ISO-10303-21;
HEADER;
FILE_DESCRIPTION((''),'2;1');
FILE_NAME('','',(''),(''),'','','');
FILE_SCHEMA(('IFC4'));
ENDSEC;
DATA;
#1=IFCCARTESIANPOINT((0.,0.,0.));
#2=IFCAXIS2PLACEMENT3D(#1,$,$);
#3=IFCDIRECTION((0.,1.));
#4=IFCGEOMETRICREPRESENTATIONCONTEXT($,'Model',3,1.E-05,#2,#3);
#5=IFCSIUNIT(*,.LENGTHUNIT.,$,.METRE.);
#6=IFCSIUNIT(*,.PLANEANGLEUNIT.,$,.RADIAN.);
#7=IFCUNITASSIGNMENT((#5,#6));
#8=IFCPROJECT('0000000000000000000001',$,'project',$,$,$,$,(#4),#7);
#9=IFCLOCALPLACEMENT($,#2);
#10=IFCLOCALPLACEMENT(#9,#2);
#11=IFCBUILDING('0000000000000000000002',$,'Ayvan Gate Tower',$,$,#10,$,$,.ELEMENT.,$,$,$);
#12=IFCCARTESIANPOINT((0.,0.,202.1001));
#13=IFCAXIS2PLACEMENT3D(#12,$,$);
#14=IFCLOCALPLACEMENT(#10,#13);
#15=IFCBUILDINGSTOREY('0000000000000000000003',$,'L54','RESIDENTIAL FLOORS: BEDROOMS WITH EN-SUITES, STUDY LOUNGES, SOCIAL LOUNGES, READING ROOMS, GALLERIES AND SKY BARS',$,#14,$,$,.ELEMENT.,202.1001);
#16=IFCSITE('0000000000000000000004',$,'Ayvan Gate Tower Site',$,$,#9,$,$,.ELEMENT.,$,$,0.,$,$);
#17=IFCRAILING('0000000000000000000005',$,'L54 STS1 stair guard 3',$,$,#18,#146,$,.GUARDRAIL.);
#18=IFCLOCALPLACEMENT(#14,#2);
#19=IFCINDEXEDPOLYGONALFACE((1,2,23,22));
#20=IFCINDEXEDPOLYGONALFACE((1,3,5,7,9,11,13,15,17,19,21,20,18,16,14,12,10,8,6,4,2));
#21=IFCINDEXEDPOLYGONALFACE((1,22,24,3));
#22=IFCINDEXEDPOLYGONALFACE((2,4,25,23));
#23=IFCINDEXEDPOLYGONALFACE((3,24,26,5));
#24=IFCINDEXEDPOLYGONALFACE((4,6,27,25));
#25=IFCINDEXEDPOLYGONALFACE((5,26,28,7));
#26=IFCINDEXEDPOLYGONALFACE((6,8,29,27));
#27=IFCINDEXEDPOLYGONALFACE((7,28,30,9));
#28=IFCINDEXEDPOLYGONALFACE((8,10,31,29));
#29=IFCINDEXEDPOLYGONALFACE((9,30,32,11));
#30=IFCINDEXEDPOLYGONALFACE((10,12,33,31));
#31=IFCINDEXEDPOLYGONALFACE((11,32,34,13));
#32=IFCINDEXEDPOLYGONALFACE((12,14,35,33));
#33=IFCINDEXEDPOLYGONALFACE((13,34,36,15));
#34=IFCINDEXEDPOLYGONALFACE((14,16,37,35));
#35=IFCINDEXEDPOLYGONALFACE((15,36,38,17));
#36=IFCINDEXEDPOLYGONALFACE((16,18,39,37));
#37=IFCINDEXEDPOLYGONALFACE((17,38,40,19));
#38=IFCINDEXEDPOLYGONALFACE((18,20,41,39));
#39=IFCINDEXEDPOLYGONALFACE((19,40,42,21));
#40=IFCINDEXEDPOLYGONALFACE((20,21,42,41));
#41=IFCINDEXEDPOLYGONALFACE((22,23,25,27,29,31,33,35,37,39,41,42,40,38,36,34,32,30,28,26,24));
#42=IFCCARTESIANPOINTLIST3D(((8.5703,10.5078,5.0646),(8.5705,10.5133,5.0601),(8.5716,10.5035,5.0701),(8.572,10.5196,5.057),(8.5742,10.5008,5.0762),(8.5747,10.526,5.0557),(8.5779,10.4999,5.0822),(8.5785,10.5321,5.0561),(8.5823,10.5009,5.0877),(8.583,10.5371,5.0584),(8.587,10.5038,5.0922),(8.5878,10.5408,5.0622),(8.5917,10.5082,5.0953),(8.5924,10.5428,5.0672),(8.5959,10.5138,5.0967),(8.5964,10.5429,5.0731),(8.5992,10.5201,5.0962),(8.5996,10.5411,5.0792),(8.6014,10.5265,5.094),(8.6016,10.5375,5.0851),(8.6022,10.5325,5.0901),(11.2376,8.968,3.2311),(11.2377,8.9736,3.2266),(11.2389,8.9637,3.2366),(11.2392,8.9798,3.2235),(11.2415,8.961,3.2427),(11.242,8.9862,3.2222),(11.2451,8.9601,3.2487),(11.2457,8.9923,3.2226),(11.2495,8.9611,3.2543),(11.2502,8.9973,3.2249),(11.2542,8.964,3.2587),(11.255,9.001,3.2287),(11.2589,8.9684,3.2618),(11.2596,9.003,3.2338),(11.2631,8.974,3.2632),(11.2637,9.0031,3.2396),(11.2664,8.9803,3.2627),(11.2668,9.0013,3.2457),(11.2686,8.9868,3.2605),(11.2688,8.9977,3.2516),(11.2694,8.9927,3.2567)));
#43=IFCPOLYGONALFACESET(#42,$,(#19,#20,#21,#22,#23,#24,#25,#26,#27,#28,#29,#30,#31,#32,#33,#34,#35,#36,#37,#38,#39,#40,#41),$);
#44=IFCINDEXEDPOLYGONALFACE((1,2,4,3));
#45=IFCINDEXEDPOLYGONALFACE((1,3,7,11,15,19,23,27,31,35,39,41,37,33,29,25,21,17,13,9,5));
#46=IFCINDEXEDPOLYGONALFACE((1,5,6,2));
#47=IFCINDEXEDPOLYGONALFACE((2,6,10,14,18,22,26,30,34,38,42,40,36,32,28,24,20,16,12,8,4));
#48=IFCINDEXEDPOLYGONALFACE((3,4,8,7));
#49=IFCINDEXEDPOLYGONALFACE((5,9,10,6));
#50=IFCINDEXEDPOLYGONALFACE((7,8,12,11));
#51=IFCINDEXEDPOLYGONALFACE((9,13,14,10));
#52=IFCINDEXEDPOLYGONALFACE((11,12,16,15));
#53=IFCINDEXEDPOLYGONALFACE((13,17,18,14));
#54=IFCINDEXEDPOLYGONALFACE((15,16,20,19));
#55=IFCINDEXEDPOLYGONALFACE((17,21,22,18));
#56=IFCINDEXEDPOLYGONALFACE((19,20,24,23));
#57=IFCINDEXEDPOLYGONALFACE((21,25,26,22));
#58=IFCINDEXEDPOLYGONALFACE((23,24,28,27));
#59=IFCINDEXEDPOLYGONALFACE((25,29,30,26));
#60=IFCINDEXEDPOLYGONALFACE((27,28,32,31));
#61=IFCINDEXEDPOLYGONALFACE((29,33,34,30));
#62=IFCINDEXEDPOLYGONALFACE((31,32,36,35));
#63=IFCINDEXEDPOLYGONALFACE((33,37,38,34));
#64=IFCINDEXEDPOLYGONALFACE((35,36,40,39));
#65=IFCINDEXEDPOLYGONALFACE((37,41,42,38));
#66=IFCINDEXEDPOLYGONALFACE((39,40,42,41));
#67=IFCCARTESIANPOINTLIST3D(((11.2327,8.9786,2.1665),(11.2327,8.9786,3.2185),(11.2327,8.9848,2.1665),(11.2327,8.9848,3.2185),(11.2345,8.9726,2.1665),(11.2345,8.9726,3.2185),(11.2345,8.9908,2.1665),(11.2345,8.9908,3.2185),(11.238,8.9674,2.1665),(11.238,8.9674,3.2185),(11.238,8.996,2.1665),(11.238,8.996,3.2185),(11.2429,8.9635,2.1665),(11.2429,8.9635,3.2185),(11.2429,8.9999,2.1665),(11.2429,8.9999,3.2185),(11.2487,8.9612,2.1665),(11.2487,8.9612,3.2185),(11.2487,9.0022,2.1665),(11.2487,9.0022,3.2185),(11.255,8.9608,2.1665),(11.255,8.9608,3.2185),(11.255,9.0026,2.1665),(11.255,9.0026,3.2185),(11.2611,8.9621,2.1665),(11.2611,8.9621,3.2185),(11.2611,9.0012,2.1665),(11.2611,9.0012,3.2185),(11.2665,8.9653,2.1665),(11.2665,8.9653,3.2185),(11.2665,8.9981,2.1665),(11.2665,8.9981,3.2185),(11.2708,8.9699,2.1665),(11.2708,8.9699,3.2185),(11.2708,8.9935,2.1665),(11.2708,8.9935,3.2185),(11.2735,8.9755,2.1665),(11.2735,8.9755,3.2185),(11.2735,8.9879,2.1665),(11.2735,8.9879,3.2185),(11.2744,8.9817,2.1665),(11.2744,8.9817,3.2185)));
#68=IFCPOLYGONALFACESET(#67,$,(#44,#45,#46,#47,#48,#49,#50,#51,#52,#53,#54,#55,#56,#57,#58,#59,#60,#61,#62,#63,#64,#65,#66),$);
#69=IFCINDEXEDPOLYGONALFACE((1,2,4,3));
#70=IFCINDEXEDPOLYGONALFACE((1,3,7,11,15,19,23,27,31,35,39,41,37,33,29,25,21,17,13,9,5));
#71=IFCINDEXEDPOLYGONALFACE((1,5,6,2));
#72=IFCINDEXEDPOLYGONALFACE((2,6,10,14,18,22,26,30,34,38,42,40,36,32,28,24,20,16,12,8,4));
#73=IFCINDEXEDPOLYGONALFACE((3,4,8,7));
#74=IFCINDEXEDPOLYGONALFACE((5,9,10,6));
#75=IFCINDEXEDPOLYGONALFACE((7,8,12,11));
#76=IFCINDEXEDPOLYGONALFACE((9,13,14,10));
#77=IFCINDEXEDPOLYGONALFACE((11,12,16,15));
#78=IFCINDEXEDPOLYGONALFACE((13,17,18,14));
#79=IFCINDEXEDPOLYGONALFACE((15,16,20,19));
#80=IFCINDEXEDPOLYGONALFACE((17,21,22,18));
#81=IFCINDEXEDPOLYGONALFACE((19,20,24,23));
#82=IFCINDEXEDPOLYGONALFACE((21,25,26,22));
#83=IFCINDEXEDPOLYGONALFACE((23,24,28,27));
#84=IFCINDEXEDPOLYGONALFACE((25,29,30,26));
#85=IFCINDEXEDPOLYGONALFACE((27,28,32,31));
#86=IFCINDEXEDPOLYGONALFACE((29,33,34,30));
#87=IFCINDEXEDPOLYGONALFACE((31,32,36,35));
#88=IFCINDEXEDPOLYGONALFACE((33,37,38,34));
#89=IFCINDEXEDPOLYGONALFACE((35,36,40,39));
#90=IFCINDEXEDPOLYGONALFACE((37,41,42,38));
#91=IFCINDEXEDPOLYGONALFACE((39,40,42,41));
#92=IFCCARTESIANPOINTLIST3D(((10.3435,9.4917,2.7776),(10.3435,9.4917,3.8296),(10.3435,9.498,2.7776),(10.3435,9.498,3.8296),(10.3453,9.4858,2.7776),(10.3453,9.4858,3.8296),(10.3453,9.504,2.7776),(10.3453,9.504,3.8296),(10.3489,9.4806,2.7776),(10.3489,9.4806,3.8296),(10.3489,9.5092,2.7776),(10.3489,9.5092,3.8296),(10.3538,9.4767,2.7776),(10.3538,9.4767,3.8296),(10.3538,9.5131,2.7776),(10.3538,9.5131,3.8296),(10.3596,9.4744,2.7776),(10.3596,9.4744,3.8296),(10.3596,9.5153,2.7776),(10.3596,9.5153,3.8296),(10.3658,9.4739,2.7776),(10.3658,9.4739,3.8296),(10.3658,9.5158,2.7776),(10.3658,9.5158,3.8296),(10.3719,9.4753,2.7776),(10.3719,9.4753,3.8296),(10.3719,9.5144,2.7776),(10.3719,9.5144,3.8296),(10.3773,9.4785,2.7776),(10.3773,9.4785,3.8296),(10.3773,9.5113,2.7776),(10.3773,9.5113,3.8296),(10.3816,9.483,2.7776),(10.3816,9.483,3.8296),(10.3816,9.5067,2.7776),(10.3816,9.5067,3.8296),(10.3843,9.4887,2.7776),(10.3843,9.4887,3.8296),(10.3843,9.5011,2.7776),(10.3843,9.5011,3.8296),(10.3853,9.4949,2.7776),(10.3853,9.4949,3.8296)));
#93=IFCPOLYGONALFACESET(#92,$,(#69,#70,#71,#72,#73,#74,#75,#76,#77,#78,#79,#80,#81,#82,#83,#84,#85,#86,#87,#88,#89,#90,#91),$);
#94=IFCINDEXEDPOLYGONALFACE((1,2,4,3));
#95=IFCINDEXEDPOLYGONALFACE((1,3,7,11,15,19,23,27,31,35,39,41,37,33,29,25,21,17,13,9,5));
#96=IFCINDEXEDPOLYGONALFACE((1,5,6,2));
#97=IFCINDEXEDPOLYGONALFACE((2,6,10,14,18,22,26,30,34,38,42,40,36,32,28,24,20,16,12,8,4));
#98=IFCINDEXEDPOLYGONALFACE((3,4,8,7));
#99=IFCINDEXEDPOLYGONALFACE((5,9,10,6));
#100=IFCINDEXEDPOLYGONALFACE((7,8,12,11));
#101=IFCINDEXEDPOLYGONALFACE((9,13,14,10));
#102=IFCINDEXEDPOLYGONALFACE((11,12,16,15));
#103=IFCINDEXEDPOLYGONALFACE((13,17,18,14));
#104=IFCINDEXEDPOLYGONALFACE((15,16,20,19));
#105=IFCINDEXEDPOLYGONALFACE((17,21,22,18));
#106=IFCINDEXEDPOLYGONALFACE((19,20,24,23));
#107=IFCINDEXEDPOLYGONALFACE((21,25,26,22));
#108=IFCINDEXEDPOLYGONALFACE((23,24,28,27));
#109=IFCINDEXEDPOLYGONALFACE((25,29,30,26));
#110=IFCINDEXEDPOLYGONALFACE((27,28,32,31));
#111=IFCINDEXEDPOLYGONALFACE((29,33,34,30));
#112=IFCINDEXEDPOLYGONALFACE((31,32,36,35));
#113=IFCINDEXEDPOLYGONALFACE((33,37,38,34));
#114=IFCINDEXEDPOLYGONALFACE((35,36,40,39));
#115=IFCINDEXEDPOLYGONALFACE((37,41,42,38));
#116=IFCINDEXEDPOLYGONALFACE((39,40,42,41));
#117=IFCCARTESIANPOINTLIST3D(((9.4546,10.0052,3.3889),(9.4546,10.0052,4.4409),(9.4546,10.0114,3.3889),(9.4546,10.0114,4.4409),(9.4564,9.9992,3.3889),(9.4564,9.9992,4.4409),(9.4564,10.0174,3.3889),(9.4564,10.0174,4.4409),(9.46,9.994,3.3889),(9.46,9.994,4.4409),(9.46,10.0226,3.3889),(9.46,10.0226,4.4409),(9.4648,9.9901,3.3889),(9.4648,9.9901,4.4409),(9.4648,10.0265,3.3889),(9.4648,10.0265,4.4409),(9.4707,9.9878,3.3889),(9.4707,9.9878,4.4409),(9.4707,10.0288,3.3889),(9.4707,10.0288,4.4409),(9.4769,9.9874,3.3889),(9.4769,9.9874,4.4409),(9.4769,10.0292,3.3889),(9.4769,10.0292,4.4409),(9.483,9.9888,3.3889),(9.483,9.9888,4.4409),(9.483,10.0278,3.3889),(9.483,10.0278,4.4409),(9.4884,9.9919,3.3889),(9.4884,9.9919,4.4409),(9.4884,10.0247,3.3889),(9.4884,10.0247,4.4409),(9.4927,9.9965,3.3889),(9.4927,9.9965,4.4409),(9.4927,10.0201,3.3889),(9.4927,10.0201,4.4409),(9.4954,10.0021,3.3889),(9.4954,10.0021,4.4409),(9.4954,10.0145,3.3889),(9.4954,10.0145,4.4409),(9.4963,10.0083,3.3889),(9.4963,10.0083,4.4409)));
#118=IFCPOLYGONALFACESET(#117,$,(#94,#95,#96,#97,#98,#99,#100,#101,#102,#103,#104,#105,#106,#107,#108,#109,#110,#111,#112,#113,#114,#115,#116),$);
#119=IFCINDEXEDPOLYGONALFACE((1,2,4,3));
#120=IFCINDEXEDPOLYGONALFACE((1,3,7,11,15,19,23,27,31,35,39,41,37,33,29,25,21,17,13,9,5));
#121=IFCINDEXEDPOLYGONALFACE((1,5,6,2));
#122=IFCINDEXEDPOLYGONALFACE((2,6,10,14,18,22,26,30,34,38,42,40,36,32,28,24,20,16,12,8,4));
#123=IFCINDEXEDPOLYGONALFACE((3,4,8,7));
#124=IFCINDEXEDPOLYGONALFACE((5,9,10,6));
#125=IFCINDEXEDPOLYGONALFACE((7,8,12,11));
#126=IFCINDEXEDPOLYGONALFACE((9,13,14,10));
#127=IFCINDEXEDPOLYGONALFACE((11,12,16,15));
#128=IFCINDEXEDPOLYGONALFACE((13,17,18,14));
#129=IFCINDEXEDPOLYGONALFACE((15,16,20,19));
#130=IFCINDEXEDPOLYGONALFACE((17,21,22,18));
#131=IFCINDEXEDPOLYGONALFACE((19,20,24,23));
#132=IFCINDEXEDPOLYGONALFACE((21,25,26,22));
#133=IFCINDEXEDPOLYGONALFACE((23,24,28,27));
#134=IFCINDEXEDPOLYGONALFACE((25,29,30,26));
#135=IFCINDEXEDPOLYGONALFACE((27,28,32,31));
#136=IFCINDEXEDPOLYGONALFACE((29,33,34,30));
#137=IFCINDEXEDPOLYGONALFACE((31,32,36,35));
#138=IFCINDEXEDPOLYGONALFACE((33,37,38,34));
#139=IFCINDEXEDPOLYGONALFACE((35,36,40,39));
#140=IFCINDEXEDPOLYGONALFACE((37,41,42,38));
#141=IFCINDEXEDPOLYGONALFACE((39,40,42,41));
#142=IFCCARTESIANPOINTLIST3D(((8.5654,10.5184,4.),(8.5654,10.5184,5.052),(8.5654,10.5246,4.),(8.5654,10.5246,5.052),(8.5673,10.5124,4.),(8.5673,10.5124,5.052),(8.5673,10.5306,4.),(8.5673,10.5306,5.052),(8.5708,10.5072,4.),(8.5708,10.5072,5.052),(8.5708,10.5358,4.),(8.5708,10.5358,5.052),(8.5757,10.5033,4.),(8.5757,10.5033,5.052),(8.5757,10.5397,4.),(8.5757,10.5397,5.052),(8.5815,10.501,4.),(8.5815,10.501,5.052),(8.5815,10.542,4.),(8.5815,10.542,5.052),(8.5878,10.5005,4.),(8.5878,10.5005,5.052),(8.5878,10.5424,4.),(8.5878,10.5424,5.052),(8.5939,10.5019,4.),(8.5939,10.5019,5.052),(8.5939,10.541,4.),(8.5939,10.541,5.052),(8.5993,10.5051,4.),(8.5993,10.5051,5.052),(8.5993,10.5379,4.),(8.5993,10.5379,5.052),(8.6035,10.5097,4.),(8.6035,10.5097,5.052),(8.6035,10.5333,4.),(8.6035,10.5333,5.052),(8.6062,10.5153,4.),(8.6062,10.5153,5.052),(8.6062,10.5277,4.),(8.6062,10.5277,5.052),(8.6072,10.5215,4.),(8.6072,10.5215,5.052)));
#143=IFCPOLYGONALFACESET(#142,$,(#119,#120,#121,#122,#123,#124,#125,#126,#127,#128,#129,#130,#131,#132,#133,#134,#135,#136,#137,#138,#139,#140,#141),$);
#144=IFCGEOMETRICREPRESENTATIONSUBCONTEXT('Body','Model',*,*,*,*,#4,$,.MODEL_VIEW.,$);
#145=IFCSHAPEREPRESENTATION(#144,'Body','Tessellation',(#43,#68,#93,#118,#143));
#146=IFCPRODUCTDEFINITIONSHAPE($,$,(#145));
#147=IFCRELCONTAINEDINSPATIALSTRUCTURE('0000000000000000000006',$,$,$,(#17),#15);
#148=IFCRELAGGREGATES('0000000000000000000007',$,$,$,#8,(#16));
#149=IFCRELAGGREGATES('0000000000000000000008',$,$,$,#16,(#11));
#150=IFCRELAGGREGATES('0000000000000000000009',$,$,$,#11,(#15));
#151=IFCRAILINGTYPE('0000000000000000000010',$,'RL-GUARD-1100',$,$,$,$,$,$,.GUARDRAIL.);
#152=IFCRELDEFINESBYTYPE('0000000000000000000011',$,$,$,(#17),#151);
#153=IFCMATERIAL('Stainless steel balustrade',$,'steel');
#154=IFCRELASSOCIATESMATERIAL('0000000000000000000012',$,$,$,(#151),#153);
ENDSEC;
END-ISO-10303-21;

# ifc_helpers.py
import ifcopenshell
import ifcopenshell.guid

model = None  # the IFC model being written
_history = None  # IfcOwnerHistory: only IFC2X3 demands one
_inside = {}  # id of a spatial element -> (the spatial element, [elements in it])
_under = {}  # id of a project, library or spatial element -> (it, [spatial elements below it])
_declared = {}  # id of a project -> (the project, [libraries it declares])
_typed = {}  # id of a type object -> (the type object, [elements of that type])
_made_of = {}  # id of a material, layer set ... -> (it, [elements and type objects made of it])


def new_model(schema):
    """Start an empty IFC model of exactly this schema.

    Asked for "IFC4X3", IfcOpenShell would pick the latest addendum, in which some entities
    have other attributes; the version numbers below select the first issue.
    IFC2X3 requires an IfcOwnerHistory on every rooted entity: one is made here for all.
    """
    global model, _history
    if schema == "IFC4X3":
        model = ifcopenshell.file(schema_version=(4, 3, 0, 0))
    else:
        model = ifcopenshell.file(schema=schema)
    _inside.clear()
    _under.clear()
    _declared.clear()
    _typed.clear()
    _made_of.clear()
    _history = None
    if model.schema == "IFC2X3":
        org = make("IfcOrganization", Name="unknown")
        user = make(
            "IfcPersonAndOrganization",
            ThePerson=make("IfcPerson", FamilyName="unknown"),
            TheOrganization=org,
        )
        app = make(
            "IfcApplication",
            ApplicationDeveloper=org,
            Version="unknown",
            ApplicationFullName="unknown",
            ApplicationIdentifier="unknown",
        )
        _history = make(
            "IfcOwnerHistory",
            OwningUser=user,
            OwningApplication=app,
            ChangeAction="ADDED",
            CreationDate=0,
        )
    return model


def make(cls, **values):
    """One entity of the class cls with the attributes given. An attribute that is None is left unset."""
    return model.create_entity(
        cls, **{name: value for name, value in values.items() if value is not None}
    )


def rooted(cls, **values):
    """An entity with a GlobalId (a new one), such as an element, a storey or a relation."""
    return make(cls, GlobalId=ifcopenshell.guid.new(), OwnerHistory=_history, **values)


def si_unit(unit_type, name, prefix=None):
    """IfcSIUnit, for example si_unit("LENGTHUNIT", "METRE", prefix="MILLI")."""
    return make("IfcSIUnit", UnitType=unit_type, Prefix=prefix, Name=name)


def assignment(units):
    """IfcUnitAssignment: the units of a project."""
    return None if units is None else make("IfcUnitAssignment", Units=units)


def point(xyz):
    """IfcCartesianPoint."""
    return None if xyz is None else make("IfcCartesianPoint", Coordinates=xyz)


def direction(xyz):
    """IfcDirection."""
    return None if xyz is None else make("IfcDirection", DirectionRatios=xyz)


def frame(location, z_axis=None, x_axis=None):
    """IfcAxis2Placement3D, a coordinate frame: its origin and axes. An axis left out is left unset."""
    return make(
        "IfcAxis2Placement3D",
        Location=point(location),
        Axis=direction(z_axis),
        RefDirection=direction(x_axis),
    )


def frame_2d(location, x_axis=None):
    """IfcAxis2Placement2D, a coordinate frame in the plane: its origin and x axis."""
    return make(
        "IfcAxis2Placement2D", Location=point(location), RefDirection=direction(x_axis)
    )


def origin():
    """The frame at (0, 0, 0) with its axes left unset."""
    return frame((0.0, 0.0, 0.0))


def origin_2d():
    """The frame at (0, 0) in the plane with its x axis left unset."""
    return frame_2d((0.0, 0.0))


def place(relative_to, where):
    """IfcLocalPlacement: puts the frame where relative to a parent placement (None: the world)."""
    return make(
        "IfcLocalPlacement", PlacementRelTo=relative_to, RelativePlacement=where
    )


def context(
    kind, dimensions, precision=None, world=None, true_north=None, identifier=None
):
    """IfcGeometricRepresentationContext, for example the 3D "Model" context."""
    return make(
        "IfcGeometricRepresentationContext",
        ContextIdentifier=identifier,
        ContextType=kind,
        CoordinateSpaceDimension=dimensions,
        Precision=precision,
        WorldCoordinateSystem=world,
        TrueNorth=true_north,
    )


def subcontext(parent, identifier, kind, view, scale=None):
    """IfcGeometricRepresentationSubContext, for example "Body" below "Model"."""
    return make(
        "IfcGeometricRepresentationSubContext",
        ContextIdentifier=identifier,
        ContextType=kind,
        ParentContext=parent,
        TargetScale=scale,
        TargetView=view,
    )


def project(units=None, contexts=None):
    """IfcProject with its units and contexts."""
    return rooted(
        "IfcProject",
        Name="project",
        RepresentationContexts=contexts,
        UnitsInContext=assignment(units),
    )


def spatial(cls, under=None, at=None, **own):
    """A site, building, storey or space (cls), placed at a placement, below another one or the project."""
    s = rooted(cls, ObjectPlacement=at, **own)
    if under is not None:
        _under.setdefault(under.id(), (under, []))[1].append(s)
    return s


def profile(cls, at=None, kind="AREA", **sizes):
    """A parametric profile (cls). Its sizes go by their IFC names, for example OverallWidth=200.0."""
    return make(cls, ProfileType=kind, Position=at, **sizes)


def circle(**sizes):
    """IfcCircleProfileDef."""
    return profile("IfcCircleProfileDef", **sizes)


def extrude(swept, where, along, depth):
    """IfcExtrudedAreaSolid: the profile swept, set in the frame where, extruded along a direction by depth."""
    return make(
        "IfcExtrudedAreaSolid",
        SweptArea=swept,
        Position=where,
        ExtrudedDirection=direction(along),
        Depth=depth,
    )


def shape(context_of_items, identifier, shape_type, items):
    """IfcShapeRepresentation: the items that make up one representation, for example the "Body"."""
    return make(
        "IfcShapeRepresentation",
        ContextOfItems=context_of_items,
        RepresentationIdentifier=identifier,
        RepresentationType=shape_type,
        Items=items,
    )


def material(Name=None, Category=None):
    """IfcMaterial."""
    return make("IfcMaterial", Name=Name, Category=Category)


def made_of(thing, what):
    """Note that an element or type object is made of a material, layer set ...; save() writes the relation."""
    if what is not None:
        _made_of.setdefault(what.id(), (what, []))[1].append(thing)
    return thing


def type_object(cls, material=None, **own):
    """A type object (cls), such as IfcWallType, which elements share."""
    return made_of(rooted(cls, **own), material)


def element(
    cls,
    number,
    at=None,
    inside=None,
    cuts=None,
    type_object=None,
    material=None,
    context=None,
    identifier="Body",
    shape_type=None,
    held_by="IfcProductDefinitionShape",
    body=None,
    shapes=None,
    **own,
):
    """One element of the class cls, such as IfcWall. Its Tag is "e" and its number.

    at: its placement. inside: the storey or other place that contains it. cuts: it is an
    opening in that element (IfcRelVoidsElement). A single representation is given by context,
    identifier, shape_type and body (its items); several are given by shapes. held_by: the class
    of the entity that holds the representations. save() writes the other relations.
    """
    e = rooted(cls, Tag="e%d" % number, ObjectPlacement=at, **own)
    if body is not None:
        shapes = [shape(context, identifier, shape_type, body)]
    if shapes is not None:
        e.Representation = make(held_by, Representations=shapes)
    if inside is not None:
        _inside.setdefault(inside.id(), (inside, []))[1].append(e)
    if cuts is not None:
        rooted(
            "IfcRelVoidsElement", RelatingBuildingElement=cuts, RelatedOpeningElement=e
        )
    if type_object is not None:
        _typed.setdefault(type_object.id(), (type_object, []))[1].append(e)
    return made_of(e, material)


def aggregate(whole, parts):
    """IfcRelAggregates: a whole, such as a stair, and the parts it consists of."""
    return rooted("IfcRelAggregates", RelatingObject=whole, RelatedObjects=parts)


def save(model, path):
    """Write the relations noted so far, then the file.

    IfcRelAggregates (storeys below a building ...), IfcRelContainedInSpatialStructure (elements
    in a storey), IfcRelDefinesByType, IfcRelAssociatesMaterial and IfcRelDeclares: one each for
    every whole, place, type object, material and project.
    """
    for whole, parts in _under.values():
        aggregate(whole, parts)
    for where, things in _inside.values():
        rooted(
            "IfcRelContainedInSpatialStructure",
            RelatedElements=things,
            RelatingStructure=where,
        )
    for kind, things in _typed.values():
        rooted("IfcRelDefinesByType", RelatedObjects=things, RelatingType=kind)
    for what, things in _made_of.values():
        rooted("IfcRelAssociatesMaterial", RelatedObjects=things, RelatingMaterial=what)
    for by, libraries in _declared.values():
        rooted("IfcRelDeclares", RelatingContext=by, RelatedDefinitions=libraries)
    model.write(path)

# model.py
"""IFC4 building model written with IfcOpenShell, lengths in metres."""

from ifc_helpers import new_model, si_unit, direction, frame, origin, origin_2d, place, context, subcontext, project, spatial, circle, extrude, material, type_object, element, save


model = new_model("IFC4")

# Units and contexts
model_context = context("Model", 3, precision=1e-05, world=origin(), true_north=direction((0.0, 1.0)))
body_context = subcontext(model_context, "Body", "Model", "MODEL_VIEW")
ifc_project = project(units=[si_unit("LENGTHUNIT", "METRE"), si_unit("PLANEANGLEUNIT", "RADIAN")], contexts=[model_context])

# Site, building, storey
site_placement = place(None, origin())
site = spatial("IfcSite", under=ifc_project, at=site_placement, Name="Ayvan Gate Tower Site", CompositionType="ELEMENT", RefElevation=0.0)
building_placement = place(site_placement, origin())
building = spatial("IfcBuilding", under=site, at=building_placement, Name="Ayvan Gate Tower", CompositionType="ELEMENT")
storey_placement = place(building_placement, frame((0.0, 0.0, 202.1001)))
storey = spatial("IfcBuildingStorey", under=building, at=storey_placement, Name="L54", Description="RESIDENTIAL FLOORS: BEDROOMS WITH EN-SUITES, STUDY LOUNGES, SOCIAL LOUNGES, READING ROOMS, GALLERIES AND SKY BARS", CompositionType="ELEMENT", Elevation=202.1001)

# Railing
ifc_material_1 = material(Name="Stainless steel balustrade", Category="steel")
railing_type_1 = type_object("IfcRailingType", Name="RL-GUARD-1100", PredefinedType="GUARDRAIL", material=ifc_material_1)
railing_1_placement = place(storey_placement, frame((11.2534, 8.9817, 2.1665)))
element("IfcRailing", 1, at=railing_1_placement, inside=storey, type_object=railing_type_1, Name="L54 STS1 stair guard 3", PredefinedType="GUARDRAIL", context=body_context, shape_type="SweptSolid", body=[
    extrude(circle(Radius=0.0239, at=origin_2d()), frame((0.0, 0.0, 1.0762), z_axis=(-0.744155, 0.429601, 0.511543), x_axis=(-0.499967, -0.866044, 0.0)), (0.0, 0.0, 1.0), 3.5842),
    extrude(circle(Radius=0.021, at=origin_2d()), origin(), (0.0, 0.0, 1.0), 1.052),
    extrude(circle(Radius=0.021, at=origin_2d()), frame((-0.8892, 0.5132, 0.6111)), (0.0, 0.0, 1.0), 1.052),
    extrude(circle(Radius=0.021, at=origin_2d()), frame((-1.7781, 1.0266, 1.2224)), (0.0, 0.0, 1.0), 1.052),
    extrude(circle(Radius=0.021, at=origin_2d()), frame((-2.6672, 1.5398, 1.8335)), (0.0, 0.0, 1.0), 1.052),
])

save(model, "model.ifc")
